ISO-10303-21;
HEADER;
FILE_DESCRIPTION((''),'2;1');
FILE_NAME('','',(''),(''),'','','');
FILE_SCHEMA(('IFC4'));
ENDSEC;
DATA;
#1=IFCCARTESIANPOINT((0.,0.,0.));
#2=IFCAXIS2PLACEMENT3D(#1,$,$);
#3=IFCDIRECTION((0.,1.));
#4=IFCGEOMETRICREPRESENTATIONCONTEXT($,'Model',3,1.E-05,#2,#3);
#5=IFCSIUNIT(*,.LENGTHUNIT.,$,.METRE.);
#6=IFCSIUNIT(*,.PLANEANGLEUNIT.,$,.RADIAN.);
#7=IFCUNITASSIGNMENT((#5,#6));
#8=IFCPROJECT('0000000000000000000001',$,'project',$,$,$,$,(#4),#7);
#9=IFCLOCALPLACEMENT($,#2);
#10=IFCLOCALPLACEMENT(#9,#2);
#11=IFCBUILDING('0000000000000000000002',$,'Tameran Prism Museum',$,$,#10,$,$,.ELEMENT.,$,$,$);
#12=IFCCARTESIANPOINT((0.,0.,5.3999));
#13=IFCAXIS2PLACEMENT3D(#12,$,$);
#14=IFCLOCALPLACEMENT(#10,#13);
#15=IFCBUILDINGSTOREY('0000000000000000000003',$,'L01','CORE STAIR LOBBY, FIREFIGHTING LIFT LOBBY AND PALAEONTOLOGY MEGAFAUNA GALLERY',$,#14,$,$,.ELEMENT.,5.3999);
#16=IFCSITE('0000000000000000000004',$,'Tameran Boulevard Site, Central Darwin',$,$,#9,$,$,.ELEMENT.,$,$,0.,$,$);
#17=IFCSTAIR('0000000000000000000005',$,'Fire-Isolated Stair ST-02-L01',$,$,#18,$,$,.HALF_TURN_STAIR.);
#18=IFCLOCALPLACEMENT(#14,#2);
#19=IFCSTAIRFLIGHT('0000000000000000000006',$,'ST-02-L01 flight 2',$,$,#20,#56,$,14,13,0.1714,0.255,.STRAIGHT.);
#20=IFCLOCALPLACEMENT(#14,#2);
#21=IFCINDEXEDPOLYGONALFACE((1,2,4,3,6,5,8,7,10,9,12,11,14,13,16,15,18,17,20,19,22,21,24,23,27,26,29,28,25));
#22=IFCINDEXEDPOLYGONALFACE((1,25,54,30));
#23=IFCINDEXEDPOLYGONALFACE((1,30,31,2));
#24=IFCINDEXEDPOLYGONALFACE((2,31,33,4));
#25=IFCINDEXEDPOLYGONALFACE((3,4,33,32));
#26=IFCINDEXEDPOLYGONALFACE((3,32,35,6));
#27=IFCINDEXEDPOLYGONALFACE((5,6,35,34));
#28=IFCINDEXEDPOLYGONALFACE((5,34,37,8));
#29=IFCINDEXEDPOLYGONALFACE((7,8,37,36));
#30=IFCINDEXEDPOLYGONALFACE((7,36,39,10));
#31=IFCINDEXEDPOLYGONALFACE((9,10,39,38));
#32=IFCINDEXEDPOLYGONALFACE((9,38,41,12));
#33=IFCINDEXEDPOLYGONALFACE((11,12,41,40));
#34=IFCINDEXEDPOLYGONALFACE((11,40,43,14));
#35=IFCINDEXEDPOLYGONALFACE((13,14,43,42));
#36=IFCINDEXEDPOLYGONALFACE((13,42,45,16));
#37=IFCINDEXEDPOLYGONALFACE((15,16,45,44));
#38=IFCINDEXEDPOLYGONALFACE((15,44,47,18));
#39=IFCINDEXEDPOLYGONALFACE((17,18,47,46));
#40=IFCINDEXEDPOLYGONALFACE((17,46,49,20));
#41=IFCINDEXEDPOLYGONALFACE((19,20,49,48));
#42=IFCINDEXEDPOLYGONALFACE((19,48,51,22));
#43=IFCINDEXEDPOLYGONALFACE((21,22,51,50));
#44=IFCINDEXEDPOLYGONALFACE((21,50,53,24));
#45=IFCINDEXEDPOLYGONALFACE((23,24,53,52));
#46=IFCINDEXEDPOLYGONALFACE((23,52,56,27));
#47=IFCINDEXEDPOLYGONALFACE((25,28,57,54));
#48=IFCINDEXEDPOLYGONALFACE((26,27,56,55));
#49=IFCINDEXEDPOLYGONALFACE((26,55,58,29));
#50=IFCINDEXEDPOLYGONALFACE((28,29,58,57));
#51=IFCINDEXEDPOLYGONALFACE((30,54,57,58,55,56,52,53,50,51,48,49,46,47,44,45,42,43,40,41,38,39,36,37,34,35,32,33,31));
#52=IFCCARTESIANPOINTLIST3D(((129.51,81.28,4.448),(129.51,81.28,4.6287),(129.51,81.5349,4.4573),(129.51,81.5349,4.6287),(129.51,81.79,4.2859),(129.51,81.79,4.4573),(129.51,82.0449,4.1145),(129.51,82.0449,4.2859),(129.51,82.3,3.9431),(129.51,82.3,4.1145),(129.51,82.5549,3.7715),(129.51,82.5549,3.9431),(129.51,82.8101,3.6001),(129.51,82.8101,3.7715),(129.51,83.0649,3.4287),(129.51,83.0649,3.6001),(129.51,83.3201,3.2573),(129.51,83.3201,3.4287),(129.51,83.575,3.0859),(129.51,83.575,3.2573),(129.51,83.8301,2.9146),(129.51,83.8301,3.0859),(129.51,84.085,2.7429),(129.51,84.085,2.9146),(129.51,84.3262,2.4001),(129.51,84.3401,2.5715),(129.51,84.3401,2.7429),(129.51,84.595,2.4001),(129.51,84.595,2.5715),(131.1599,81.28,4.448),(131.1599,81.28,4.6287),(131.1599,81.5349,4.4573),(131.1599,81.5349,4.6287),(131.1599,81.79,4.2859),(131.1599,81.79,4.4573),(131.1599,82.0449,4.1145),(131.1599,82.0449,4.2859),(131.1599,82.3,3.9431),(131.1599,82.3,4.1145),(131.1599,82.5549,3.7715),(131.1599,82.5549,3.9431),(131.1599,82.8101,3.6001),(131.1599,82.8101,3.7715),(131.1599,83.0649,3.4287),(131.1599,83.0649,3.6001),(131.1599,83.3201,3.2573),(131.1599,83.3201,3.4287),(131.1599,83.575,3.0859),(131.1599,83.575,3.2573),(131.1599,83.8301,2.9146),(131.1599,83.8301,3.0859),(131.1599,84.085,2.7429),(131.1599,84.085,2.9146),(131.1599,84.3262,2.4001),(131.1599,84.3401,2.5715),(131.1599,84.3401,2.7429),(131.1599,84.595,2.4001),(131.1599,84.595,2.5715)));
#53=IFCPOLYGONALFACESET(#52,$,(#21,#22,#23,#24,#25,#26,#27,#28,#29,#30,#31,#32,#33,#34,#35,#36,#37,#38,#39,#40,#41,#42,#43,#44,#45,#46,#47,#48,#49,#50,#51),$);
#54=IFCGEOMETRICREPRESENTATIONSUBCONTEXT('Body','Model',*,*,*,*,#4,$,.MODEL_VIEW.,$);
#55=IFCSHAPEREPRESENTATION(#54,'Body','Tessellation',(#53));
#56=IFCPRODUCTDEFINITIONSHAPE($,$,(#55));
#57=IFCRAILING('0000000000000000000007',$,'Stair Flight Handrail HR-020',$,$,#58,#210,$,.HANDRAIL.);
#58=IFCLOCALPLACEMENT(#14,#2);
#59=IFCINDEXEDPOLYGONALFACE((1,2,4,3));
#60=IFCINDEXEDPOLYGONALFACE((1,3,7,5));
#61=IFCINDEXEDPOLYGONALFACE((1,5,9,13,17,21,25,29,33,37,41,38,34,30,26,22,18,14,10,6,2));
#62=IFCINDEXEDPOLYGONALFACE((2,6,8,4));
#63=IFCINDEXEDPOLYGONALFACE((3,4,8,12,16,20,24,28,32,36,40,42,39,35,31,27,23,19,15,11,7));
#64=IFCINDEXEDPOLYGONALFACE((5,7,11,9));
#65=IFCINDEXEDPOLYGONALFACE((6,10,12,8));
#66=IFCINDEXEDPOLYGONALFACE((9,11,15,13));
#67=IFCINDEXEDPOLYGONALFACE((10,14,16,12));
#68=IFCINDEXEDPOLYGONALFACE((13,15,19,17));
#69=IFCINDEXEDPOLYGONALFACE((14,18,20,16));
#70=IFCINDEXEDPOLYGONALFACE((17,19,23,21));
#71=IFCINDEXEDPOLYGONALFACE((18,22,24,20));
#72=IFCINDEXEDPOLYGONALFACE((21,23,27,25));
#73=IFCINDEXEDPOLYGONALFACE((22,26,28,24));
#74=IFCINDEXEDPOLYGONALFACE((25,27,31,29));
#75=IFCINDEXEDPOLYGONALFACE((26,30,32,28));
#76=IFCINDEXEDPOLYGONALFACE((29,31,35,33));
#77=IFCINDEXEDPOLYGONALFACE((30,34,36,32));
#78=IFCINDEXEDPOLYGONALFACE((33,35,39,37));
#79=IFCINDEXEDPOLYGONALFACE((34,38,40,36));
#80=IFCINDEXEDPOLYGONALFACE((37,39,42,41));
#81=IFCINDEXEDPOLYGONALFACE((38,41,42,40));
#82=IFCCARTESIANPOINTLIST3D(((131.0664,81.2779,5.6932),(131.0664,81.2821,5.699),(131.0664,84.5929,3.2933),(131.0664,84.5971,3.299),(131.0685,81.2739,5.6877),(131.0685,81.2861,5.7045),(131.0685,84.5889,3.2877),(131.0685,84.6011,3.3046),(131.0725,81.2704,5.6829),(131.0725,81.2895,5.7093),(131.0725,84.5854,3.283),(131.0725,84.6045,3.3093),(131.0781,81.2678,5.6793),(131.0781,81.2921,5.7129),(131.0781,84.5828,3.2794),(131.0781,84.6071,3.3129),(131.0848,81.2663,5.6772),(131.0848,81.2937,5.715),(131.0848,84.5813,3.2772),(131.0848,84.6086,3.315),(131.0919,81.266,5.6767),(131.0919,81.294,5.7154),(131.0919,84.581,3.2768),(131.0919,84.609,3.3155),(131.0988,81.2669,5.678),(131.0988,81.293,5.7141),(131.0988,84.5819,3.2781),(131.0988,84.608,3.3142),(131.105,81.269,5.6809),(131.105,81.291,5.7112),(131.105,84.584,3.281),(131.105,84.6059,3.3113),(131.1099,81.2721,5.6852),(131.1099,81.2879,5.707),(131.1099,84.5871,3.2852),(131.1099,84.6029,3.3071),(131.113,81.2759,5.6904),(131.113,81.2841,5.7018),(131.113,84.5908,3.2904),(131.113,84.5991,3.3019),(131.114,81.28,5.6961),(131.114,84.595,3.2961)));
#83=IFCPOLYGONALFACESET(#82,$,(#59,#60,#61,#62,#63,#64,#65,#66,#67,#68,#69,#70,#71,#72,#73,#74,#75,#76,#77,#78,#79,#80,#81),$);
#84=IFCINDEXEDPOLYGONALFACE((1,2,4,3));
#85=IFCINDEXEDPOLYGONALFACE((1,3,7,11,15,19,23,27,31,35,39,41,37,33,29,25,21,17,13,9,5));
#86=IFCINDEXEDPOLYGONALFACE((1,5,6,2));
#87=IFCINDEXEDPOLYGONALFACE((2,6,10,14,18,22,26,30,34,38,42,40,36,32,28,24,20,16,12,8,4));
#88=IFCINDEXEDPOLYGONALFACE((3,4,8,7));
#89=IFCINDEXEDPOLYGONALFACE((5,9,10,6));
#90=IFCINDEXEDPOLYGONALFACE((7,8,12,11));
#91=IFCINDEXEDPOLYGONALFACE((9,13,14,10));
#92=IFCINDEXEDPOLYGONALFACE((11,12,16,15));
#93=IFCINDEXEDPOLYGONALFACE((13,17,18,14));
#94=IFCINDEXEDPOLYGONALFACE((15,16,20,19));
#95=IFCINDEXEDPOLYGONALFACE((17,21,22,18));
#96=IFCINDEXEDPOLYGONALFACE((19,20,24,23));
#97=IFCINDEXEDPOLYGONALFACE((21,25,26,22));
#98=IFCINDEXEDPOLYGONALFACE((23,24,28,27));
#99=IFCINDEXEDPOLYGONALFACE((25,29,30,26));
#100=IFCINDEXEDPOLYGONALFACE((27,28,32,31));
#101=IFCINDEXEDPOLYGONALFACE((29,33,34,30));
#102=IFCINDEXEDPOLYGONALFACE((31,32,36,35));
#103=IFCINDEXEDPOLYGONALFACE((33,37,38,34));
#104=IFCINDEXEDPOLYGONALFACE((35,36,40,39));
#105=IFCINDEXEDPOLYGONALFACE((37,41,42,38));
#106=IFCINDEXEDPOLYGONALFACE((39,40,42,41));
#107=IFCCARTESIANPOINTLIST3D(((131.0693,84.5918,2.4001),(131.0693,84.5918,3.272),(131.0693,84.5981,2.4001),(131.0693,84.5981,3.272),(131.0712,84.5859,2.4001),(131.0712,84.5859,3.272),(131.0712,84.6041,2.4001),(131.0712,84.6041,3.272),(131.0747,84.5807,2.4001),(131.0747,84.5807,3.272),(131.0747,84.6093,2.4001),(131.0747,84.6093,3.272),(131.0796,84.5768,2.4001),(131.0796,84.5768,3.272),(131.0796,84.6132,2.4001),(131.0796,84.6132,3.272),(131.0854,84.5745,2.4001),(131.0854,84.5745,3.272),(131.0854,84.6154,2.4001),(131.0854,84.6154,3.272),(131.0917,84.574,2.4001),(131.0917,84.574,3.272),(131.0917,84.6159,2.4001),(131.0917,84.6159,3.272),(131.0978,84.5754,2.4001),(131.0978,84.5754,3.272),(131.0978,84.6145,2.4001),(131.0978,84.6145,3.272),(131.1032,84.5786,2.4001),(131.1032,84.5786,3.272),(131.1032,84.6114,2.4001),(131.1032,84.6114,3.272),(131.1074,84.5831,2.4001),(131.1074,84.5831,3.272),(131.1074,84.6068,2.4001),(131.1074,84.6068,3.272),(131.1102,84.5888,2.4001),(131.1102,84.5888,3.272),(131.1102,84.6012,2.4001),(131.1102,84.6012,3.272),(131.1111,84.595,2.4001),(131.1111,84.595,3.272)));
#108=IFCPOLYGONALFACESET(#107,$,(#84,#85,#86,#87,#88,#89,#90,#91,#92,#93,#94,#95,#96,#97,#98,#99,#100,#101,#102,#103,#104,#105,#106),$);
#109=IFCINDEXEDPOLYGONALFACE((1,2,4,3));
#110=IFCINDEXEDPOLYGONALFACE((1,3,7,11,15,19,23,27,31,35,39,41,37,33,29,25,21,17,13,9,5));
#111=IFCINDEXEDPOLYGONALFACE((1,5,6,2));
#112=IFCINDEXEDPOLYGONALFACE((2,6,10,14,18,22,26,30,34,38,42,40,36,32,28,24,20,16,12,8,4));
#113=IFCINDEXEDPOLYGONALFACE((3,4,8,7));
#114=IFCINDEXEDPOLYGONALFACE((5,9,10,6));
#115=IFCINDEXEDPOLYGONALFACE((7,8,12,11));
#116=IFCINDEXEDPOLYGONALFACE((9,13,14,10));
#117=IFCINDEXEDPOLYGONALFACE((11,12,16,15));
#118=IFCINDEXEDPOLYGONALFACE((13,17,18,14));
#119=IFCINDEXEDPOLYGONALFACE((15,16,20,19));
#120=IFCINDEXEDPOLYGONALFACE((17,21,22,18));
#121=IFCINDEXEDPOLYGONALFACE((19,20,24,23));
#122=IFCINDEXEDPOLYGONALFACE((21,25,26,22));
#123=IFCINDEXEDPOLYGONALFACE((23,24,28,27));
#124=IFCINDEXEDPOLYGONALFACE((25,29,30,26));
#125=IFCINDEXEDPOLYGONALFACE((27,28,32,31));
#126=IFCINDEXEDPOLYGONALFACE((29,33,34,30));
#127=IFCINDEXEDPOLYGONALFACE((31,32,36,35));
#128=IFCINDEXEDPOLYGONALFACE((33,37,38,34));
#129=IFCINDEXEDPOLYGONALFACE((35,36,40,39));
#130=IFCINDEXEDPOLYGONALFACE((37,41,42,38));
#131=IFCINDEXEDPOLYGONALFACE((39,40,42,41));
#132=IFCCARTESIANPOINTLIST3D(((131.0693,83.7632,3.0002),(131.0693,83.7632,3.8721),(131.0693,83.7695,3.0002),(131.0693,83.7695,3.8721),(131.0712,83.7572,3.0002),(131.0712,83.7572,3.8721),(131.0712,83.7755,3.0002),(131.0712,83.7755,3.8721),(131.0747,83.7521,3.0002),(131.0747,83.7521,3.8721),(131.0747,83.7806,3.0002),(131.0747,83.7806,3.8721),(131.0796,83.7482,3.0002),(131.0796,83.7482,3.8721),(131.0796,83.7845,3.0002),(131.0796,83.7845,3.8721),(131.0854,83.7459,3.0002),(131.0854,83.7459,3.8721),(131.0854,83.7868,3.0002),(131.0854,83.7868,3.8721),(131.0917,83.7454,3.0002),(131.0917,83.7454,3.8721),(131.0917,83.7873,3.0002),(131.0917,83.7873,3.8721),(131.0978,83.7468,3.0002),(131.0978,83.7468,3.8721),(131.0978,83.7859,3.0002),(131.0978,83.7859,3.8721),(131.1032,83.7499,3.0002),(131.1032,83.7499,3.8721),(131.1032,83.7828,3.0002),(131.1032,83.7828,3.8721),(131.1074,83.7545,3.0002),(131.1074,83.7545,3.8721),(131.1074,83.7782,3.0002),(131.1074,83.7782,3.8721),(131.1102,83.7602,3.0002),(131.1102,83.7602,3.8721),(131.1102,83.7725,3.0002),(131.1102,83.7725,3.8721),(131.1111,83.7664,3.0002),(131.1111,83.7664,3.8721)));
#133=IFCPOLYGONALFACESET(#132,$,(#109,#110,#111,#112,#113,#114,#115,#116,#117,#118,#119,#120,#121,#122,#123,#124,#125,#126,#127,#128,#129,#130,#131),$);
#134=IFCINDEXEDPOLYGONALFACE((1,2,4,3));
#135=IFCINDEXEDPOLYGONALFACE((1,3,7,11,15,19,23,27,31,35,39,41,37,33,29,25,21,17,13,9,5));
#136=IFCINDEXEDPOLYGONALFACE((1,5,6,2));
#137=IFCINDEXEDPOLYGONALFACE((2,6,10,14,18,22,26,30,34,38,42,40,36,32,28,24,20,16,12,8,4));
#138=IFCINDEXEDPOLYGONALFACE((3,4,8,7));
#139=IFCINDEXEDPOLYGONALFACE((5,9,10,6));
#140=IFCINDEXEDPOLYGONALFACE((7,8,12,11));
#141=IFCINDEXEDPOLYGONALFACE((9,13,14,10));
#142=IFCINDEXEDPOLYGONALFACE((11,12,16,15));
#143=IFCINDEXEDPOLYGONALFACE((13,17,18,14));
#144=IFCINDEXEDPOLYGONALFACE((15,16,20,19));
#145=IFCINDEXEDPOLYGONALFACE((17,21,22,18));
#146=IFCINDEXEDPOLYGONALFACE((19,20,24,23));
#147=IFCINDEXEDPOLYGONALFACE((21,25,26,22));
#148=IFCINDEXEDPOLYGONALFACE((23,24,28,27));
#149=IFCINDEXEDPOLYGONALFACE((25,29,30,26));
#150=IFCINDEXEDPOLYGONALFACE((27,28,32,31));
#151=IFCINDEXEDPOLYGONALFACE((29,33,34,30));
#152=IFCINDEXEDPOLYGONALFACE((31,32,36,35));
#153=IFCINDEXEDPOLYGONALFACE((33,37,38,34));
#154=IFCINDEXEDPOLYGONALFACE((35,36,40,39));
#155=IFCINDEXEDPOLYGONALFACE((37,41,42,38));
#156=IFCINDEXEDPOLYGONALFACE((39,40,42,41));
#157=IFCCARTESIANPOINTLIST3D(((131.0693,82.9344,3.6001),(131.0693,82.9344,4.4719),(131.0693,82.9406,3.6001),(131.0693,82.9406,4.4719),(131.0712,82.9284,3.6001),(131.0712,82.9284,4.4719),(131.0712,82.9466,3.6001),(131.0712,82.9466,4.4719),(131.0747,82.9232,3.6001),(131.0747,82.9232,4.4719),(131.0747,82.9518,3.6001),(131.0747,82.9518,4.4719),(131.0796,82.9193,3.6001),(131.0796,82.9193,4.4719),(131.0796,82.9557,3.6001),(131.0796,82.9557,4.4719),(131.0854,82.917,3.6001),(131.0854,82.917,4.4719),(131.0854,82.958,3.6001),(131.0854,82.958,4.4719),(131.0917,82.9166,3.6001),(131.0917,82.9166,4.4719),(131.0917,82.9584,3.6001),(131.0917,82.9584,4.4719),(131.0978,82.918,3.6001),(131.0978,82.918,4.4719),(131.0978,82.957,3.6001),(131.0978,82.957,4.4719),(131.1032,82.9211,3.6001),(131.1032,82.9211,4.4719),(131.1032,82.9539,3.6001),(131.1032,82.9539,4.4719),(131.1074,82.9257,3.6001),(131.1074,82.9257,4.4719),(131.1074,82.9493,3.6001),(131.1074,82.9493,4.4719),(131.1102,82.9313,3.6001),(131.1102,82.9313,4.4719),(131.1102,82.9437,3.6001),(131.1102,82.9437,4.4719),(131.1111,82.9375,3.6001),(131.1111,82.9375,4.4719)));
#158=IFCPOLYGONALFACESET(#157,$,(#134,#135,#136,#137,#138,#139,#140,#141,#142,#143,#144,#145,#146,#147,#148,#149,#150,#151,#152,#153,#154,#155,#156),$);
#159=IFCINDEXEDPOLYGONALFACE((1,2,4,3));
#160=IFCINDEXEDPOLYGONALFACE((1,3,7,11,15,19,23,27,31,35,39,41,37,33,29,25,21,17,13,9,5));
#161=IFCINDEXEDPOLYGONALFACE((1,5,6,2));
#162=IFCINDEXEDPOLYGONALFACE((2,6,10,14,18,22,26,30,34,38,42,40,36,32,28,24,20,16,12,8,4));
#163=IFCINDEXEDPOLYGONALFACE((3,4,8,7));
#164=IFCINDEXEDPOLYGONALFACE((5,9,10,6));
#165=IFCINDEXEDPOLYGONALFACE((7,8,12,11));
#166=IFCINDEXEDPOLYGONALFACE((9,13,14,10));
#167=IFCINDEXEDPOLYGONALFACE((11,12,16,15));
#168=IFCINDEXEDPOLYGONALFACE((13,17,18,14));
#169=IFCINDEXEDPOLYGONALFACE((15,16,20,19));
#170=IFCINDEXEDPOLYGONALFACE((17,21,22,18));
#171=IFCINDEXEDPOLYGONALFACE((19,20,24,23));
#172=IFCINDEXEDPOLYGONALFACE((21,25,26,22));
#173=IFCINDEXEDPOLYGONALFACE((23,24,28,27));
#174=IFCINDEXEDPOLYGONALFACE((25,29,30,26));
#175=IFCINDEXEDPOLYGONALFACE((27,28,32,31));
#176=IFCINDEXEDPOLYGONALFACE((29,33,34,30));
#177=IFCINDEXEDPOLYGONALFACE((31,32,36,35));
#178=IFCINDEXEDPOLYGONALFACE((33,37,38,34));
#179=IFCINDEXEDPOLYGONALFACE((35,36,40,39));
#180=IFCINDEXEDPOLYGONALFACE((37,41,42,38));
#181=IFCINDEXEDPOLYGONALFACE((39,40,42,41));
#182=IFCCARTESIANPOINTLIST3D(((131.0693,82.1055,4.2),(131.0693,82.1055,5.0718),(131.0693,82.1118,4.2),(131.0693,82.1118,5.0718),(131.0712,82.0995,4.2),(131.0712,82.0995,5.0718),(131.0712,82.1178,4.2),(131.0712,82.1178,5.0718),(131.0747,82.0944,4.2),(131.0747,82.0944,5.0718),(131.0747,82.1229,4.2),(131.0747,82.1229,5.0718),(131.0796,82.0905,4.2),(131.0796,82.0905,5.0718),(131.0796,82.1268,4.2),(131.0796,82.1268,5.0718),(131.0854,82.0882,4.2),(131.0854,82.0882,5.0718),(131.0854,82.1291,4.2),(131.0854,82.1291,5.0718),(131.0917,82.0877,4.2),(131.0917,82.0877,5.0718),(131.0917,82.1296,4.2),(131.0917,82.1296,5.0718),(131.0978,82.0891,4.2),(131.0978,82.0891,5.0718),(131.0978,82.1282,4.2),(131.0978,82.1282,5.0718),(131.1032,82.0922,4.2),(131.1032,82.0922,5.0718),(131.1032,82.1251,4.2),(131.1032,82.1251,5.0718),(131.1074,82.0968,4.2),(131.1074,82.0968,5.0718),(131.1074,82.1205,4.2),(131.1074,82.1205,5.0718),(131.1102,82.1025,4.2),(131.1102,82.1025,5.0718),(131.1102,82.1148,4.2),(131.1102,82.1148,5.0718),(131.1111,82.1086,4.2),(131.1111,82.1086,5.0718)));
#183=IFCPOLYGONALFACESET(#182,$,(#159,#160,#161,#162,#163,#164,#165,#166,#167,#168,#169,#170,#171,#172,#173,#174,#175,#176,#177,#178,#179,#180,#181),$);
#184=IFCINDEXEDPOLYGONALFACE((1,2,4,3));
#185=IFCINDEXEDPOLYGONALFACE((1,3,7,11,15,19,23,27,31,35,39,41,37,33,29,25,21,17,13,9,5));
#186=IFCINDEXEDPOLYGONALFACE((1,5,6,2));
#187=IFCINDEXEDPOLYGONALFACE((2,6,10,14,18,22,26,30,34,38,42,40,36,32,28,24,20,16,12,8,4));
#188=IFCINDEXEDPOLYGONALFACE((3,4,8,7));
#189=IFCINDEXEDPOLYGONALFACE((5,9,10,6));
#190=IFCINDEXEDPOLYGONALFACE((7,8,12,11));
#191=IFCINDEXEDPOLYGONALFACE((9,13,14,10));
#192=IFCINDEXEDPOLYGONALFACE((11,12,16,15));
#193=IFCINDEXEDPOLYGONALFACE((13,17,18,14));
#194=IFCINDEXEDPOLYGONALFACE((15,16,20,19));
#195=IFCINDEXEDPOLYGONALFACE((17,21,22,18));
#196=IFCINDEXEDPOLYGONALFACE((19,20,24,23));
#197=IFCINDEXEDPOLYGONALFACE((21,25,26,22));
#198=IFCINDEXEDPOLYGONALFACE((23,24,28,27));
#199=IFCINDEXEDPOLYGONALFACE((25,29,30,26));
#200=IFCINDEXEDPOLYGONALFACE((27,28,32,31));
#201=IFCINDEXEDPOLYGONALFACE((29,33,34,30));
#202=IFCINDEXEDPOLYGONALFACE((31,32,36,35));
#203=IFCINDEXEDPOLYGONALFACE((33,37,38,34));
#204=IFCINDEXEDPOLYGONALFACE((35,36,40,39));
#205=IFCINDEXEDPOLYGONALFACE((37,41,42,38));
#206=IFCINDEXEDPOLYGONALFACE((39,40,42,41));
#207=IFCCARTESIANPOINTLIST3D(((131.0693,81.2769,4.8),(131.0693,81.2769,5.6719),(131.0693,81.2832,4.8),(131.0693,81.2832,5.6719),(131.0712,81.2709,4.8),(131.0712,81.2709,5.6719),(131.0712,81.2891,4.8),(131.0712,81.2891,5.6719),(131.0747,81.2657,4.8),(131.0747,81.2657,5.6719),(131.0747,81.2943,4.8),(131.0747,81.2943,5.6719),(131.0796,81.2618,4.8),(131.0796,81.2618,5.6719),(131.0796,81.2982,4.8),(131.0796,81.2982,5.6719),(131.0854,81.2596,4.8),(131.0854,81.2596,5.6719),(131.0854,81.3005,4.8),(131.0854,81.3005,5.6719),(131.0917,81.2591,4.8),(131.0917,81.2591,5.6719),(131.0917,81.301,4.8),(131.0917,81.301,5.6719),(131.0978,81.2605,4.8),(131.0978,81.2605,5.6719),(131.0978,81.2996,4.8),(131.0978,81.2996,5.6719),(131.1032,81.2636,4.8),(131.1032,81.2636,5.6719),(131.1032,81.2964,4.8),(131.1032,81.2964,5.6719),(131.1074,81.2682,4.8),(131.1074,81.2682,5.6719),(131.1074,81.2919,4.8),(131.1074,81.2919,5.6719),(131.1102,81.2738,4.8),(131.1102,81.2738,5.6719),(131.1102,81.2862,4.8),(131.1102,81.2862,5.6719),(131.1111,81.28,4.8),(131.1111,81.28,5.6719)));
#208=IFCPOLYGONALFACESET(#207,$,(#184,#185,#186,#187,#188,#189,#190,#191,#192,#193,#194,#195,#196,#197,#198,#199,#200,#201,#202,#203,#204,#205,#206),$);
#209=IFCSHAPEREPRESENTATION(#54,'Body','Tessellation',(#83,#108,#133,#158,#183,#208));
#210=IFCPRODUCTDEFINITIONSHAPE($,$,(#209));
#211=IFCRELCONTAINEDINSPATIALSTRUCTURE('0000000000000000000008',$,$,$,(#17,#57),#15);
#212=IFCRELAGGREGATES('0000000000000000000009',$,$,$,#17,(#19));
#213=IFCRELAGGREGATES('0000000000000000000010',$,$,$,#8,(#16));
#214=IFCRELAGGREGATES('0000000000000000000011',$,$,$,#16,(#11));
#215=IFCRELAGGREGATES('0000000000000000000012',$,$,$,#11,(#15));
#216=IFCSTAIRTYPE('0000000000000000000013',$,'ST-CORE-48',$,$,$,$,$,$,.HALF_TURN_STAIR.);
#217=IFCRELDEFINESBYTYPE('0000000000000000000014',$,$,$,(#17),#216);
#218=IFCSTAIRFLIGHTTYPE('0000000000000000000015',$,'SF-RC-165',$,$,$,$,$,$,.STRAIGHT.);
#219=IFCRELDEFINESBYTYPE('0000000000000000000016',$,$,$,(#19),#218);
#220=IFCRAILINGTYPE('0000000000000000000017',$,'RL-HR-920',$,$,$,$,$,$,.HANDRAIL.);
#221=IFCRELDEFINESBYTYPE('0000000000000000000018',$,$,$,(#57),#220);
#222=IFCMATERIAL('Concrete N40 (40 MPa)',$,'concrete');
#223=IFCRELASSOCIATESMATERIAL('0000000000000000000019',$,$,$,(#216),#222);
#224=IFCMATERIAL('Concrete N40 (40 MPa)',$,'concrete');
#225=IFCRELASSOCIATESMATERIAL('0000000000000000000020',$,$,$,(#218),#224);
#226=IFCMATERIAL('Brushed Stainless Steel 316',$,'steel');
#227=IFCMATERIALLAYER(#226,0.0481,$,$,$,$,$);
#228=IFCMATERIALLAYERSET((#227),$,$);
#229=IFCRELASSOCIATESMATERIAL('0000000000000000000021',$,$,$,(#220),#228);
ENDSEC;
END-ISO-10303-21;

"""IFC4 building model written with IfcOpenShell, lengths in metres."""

from ifc_helpers import new_model, si_unit, direction, frame, origin, origin_2d, place, context, subcontext, project, spatial, polyline, circle, outline, extrude, material, layer, layer_set, type_object, element, aggregate, save


model = new_model("IFC4")

# Units and contexts
model_context = context("Model", 3, precision=1e-05, world=origin(), true_north=direction((0.0, 1.0)))
body_context = subcontext(model_context, "Body", "Model", "MODEL_VIEW")
ifc_project = project(units=[si_unit("LENGTHUNIT", "METRE"), si_unit("PLANEANGLEUNIT", "RADIAN")], contexts=[model_context])

# Site, building, storey
site_placement = place(None, origin())
site = spatial("IfcSite", under=ifc_project, at=site_placement, Name="Tameran Boulevard Site, Central Darwin", CompositionType="ELEMENT", RefElevation=0.0)
building_placement = place(site_placement, origin())
building = spatial("IfcBuilding", under=site, at=building_placement, Name="Tameran Prism Museum", CompositionType="ELEMENT")
storey_placement = place(building_placement, frame((0.0, 0.0, 5.3999)))
storey = spatial("IfcBuildingStorey", under=building, at=storey_placement, Name="L01", Description="CORE STAIR LOBBY, FIREFIGHTING LIFT LOBBY AND PALAEONTOLOGY MEGAFAUNA GALLERY", CompositionType="ELEMENT", Elevation=5.3999)

# Stair, stair flight
ifc_material_1 = material(Name="Concrete N40 (40 MPa)", Category="concrete")
stair_type = type_object("IfcStairType", Name="ST-CORE-48", PredefinedType="HALF_TURN_STAIR", material=ifc_material_1)
stair_placement = place(storey_placement, origin())
stair = element("IfcStair", 1, at=stair_placement, inside=storey, type_object=stair_type, Name="Fire-Isolated Stair ST-02-L01", PredefinedType="HALF_TURN_STAIR")
ifc_material_2 = material(Name="Concrete N40 (40 MPa)", Category="concrete")
stair_flight_type = type_object("IfcStairFlightType", Name="SF-RC-165", PredefinedType="STRAIGHT", material=ifc_material_2)
stair_flight_placement = place(storey_placement, frame((130.335, 84.595, 2.4001), z_axis=(0.0, 0.0, 1.0), x_axis=(0.0, -1.0, 0.0)))
stair_flight = element("IfcStairFlight", 2, at=stair_flight_placement, type_object=stair_flight_type, Name="ST-02-L01 flight 2", NumberOfRisers=14, NumberOfTreads=13, PredefinedType="STRAIGHT", RiserHeight=0.1714, TreadLength=0.255, context=body_context, shape_type="SweptSolid", body=[
    extrude(outline(polyline([(0.0, 0.0), (0.0, 0.1714), (0.2549, 0.1714), (0.2549, 0.3428), (0.51, 0.3428), (0.51, 0.5144), (0.7649, 0.5144), (0.7649, 0.6858), (1.02, 0.6858), (1.02, 0.8572), (1.2749, 0.8572), (1.2749, 1.0286), (1.53, 1.0286), (1.53, 1.2), (1.7849, 1.2), (1.7849, 1.3713), (2.04, 1.3713), (2.04, 1.543), (2.2949, 1.543), (2.2949, 1.7144), (2.55, 1.7144), (2.55, 1.8857), (2.8049, 1.8857), (2.8049, 2.0571), (3.0601, 2.0571), (3.0601, 2.2285), (3.3149, 2.2285), (3.3149, 2.3999), (3.3149, 2.0479), (0.2688, 0.0), (0.0, 0.0)])), frame((0.0, 0.825, 0.0), z_axis=(0.0, -1.0, 0.0), x_axis=(1.0, 0.0, 0.0)), (0.0, 0.0, 1.0), 1.6499),
])
aggregate(stair, [stair_flight])

# Railing
ifc_material_3 = material(Name="Brushed Stainless Steel 316", Category="steel")
ifc_layer_1 = layer(ifc_material_3, 0.0481)
ifc_layer_set_1 = layer_set([ifc_layer_1])
railing_type = type_object("IfcRailingType", Name="RL-HR-920", PredefinedType="HANDRAIL", material=ifc_layer_set_1)
railing_placement = place(storey_placement, frame((131.0901, 84.595, 2.4001)))
element("IfcRailing", 3, at=railing_placement, inside=storey, type_object=railing_type, Name="Stair Flight Handrail HR-020", PredefinedType="HANDRAIL", context=body_context, shape_type="SweptSolid", body=[
    extrude(circle(Radius=0.0239, at=origin_2d()), frame((0.0, 0.0, 0.896), z_axis=(0.0, -0.810009, 0.586418), x_axis=(1.0, 0.0, 0.0)), (0.0, 0.0, 1.0), 4.0925),
    extrude(circle(Radius=0.021, at=origin_2d()), origin(), (0.0, 0.0, 1.0), 0.8718),
    extrude(circle(Radius=0.021, at=origin_2d()), frame((0.0, -0.8286, 0.6001)), (0.0, 0.0, 1.0), 0.8718),
    extrude(circle(Radius=0.021, at=origin_2d()), frame((0.0, -1.6575, 1.2)), (0.0, 0.0, 1.0), 0.8718),
    extrude(circle(Radius=0.021, at=origin_2d()), frame((0.0, -2.4863, 1.7998)), (0.0, 0.0, 1.0), 0.8718),
    extrude(circle(Radius=0.021, at=origin_2d()), frame((0.0, -3.3149, 2.3999)), (0.0, 0.0, 1.0), 0.8718),
])

save(model, "model.ifc")
